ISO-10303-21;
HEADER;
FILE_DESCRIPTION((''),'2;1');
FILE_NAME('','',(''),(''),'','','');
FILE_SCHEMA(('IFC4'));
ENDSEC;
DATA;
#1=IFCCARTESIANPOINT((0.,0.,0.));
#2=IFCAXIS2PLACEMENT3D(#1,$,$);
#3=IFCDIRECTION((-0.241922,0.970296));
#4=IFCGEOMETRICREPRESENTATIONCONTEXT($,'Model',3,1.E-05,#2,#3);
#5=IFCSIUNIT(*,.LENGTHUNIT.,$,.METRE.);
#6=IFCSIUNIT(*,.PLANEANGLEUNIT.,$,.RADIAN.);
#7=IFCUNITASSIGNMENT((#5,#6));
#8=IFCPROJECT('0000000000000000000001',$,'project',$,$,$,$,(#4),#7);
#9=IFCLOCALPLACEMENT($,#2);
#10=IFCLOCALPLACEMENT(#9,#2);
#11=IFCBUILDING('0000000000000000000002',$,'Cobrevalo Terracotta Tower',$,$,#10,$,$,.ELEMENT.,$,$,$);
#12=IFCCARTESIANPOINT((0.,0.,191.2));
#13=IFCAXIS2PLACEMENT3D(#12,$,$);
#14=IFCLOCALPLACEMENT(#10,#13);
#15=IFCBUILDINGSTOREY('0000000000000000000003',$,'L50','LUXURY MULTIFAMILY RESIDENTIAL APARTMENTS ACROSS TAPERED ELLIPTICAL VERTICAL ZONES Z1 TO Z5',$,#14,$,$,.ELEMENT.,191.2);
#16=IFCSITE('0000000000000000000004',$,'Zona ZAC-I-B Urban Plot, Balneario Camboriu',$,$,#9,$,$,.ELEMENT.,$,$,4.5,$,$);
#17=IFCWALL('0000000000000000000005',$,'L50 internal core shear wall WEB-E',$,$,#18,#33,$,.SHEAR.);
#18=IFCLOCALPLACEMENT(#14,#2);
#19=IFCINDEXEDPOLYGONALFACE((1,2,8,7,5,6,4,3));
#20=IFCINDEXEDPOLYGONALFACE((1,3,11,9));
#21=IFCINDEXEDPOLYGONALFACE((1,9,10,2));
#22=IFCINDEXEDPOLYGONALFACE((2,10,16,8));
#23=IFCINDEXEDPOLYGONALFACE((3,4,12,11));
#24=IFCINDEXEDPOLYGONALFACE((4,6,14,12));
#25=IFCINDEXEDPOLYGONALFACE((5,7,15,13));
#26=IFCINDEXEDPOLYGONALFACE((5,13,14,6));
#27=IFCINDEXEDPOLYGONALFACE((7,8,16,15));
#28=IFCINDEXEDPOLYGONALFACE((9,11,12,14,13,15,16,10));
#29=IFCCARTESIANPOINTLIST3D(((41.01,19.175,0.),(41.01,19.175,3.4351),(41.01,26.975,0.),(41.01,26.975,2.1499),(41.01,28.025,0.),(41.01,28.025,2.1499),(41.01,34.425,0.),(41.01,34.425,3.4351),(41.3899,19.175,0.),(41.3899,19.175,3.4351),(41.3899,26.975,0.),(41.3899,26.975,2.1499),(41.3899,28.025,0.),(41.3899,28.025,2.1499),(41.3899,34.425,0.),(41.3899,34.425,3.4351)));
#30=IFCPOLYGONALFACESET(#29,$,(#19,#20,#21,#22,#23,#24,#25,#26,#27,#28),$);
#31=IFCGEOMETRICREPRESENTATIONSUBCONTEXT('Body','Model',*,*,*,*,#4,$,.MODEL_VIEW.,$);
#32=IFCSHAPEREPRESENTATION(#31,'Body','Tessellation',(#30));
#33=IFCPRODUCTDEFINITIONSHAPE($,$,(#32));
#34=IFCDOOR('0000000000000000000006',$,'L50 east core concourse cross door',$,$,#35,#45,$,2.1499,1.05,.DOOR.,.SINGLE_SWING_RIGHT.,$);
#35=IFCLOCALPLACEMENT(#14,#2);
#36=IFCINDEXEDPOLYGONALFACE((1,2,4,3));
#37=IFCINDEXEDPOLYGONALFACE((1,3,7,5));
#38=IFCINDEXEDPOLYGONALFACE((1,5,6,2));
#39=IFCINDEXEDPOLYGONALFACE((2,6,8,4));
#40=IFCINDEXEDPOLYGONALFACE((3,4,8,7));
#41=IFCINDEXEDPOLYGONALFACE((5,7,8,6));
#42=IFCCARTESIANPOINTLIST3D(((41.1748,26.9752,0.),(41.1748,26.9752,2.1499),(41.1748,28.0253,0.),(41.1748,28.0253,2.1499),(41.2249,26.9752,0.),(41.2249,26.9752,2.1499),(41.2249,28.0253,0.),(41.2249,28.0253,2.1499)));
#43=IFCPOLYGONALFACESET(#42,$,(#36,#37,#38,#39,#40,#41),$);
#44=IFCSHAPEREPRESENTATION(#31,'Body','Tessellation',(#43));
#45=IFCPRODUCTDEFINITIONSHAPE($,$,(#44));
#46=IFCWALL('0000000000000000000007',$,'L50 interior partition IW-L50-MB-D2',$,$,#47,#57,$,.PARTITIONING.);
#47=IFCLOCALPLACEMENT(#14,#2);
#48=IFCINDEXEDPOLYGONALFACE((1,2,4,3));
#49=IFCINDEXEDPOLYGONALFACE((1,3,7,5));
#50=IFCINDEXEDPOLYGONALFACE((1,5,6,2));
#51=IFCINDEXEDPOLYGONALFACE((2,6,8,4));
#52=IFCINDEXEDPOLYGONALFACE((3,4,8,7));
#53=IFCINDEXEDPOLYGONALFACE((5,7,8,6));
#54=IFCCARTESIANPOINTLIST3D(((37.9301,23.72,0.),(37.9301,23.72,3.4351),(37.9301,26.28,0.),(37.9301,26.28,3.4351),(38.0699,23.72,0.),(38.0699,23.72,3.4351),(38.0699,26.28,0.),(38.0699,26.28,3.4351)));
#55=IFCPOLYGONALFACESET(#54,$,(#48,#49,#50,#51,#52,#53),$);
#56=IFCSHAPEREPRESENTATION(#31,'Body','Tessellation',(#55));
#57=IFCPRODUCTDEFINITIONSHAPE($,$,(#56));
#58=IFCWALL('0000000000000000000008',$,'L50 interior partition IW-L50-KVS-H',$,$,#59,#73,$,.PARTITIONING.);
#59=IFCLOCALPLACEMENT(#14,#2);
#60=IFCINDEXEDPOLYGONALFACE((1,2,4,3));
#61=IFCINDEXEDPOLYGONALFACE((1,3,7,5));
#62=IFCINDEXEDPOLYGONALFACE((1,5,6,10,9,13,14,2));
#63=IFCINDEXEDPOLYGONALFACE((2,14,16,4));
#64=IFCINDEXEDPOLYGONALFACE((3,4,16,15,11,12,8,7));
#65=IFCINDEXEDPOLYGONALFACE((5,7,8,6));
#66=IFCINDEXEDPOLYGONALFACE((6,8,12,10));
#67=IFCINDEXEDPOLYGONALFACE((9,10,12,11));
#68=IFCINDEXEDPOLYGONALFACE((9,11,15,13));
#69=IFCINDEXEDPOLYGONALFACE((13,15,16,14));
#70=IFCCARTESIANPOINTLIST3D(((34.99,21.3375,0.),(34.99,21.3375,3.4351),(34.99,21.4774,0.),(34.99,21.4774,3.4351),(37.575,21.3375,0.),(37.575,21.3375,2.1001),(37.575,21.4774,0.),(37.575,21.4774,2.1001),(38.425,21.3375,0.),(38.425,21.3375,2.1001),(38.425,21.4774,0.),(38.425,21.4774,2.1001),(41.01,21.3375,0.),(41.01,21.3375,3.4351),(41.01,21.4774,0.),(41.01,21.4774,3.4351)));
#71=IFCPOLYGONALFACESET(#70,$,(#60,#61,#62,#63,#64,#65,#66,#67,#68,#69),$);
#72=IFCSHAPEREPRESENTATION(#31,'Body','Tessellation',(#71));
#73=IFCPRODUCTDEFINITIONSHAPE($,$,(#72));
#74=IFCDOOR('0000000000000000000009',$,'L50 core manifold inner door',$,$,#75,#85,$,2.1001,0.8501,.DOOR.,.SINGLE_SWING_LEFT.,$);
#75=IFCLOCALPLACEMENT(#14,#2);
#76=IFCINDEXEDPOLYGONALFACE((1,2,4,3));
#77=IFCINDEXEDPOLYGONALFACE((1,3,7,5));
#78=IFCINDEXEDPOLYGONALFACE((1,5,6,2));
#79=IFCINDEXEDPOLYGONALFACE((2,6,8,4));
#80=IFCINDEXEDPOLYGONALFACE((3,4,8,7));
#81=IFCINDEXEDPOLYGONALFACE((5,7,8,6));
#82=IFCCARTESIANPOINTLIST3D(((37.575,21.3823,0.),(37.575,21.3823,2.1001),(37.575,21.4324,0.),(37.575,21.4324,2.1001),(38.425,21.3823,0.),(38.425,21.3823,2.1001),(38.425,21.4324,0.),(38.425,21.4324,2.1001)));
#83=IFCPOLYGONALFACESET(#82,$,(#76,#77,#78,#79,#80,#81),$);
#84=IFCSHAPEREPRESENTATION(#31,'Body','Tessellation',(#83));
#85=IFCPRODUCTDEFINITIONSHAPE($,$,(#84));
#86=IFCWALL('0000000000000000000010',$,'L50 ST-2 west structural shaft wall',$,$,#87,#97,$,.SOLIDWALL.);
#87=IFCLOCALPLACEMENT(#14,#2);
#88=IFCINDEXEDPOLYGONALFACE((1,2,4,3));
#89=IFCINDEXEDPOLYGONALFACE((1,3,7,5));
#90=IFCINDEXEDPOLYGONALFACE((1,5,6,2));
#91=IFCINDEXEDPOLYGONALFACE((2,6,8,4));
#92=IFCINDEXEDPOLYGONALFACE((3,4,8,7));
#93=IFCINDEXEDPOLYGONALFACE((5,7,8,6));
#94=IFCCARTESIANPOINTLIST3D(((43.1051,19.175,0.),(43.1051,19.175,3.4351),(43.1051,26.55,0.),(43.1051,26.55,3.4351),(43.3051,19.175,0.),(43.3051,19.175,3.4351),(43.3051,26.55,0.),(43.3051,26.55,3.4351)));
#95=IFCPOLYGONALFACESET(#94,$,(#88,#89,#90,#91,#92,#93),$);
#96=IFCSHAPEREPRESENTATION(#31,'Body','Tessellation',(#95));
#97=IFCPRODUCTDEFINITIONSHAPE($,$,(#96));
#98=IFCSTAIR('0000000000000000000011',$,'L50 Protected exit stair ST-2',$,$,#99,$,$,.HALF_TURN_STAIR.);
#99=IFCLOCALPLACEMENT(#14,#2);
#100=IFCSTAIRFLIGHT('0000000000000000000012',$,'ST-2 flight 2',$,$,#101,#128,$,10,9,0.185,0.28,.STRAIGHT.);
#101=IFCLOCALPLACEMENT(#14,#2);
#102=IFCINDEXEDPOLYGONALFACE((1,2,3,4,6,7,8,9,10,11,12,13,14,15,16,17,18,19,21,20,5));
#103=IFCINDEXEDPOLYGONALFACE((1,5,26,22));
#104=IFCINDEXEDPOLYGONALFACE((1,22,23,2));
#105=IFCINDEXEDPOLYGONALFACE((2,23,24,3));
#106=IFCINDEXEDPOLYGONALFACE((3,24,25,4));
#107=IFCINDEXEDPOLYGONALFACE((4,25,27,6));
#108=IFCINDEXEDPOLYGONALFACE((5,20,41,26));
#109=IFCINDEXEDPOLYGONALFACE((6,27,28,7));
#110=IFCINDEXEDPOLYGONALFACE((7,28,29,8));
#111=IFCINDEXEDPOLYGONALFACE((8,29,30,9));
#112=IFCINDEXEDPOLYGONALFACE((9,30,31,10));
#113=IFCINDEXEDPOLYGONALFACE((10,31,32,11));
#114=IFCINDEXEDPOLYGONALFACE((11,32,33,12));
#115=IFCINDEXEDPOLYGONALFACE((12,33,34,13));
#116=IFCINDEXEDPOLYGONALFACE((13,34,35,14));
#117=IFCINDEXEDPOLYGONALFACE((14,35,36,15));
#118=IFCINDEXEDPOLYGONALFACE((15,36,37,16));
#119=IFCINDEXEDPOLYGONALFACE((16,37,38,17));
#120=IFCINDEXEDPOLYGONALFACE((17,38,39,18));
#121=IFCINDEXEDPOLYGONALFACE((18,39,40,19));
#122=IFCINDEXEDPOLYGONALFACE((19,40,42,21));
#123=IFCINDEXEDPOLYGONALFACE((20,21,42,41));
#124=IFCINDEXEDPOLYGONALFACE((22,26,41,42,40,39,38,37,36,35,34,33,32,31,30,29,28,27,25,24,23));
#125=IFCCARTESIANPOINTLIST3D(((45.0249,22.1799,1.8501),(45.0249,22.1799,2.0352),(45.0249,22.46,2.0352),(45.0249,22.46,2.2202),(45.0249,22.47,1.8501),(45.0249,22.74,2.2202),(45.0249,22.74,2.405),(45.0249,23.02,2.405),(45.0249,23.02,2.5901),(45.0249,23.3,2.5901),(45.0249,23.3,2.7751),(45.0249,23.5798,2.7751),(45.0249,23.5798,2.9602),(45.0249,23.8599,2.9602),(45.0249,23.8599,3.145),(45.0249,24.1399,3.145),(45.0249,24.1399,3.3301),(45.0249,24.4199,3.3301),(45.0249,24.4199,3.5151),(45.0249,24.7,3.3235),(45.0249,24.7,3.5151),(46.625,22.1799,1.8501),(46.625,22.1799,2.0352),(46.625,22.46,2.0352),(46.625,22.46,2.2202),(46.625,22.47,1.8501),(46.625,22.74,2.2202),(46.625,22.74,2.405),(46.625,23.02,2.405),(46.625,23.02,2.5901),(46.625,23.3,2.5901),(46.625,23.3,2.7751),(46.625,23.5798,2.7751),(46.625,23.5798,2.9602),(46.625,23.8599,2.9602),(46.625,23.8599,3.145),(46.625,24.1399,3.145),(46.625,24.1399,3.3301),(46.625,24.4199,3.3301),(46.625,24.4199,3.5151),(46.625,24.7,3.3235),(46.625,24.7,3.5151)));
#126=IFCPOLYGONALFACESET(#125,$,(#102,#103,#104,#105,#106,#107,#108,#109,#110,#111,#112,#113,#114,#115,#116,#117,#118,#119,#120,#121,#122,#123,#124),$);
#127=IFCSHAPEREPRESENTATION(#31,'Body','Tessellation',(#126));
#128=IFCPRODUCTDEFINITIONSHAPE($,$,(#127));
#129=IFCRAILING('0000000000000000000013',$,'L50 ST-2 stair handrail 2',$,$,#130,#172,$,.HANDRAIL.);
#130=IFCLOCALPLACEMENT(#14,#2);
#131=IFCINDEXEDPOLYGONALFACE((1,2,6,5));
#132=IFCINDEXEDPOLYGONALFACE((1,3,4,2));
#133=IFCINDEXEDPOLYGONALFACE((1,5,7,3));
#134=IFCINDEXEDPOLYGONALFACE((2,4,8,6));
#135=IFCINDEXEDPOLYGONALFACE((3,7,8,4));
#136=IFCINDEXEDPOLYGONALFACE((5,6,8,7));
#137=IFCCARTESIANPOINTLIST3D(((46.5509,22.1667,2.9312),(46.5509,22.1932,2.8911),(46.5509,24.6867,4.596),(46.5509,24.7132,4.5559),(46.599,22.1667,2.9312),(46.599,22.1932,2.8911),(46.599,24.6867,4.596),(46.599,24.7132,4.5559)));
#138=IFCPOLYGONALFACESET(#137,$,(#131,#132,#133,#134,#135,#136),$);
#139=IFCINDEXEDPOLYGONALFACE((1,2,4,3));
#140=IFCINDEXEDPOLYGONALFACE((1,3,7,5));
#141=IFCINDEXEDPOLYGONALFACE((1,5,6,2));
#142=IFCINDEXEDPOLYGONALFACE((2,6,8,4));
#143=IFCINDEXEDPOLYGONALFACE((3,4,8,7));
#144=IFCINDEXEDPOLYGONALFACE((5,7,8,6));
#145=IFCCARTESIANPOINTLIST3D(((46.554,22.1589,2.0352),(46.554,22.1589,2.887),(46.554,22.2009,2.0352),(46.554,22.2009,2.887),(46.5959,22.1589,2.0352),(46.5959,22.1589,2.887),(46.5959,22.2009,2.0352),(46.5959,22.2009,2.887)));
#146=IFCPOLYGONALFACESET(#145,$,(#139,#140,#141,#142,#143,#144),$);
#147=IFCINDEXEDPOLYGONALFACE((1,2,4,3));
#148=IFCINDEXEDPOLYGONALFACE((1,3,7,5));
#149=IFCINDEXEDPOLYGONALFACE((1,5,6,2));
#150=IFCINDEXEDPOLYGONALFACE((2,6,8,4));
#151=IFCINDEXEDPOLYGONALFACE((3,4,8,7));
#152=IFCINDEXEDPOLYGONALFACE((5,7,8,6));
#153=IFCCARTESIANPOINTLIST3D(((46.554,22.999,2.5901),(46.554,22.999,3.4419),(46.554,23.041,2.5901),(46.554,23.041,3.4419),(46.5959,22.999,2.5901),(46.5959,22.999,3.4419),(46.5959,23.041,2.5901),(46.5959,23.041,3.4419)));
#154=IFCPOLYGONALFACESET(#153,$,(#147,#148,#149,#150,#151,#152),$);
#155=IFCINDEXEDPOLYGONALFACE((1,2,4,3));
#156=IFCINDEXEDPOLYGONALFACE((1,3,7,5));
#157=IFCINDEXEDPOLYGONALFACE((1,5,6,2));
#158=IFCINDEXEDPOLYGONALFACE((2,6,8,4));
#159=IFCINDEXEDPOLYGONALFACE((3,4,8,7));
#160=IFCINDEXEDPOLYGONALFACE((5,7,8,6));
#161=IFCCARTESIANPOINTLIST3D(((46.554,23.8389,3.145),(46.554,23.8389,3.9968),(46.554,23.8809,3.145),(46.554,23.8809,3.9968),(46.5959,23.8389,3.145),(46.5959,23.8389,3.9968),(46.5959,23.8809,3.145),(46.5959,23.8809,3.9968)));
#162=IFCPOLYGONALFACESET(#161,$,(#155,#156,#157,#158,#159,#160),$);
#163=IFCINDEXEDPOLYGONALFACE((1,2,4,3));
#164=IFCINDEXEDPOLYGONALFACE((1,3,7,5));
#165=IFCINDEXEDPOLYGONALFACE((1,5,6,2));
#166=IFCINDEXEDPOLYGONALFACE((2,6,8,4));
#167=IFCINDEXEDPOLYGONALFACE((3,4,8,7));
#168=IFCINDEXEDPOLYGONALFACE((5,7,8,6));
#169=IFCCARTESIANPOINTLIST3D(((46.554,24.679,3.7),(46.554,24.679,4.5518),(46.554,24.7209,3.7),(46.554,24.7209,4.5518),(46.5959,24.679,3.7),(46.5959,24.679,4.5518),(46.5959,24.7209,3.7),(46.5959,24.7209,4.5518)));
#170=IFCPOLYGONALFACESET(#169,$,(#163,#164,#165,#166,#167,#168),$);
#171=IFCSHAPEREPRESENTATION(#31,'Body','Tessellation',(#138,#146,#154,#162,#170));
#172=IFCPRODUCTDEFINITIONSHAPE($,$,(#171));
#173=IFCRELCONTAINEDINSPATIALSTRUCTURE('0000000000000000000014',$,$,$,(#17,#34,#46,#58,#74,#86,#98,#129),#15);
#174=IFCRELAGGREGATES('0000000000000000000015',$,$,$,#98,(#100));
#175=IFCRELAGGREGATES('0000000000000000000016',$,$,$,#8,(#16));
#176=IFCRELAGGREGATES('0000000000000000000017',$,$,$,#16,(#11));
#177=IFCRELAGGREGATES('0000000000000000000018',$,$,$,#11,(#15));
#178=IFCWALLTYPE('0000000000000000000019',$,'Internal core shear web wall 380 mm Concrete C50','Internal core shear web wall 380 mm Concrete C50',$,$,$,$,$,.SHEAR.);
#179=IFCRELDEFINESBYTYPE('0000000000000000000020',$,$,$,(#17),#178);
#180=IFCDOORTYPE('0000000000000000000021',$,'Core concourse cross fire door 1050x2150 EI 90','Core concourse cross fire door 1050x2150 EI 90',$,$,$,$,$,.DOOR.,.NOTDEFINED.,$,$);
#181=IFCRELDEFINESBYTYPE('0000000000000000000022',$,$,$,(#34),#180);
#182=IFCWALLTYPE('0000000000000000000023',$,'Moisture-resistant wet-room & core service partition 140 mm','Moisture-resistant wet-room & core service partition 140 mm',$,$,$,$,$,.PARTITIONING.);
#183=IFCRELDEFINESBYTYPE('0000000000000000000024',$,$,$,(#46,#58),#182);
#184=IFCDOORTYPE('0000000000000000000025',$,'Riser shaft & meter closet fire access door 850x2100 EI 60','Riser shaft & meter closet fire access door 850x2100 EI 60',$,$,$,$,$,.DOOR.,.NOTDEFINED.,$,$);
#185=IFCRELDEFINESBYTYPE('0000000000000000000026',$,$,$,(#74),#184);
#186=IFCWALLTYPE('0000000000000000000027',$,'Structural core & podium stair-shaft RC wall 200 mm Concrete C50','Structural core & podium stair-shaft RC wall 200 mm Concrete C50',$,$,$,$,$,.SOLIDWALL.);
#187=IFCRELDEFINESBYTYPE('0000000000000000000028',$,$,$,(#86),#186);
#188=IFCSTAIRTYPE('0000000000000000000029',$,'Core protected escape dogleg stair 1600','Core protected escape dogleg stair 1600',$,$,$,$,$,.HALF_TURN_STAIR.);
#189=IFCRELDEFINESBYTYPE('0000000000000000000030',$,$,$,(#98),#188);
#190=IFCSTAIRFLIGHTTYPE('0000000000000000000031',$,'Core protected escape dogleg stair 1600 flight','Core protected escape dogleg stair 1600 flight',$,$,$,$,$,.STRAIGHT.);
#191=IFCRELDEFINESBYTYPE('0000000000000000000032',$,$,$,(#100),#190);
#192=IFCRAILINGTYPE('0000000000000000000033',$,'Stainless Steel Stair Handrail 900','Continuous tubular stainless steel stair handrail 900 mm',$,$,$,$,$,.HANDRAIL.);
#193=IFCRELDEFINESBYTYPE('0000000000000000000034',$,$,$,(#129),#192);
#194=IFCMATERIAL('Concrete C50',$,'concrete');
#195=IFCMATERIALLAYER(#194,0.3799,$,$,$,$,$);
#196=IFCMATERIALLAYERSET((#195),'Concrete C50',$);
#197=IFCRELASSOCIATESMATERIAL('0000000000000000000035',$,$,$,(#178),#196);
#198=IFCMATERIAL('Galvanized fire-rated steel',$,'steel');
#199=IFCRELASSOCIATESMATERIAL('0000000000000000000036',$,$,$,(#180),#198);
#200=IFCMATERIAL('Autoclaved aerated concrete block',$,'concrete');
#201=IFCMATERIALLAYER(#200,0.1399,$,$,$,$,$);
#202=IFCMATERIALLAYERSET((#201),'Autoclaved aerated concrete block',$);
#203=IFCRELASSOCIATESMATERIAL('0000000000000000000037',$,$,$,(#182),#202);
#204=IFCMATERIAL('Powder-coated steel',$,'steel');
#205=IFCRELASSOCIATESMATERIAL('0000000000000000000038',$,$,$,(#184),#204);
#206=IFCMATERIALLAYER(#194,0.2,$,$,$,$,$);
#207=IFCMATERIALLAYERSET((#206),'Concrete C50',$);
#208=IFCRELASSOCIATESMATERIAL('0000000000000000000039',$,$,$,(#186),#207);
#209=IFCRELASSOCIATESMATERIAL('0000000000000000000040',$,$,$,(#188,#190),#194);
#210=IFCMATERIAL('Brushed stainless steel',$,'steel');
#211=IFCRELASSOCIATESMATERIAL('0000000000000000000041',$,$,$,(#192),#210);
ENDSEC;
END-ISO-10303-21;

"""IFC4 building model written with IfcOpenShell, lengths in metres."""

from ifc_helpers import new_model, si_unit, direction, frame, frame_2d, origin, origin_2d, place, context, subcontext, project, spatial, polyline, rectangle, outline, extrude, source, transform, mapped, material, layer, layer_set, type_object, element, fill, aggregate, save


model = new_model("IFC4")

# Units and contexts
model_context = context("Model", 3, precision=1e-05, world=origin(), true_north=direction((-0.241922, 0.970296)))
body_context = subcontext(model_context, "Body", "Model", "MODEL_VIEW")
ifc_project = project(units=[si_unit("LENGTHUNIT", "METRE"), si_unit("PLANEANGLEUNIT", "RADIAN")], contexts=[model_context])

# Site, building, storey
site_placement = place(None, origin())
site = spatial("IfcSite", under=ifc_project, at=site_placement, Name="Zona ZAC-I-B Urban Plot, Balneario Camboriu", CompositionType="ELEMENT", RefElevation=4.5)
building_placement = place(site_placement, origin())
building = spatial("IfcBuilding", under=site, at=building_placement, Name="Cobrevalo Terracotta Tower", CompositionType="ELEMENT")
storey_placement = place(building_placement, frame((0.0, 0.0, 191.2)))
storey = spatial("IfcBuildingStorey", under=building, at=storey_placement, Name="L50", Description="LUXURY MULTIFAMILY RESIDENTIAL APARTMENTS ACROSS TAPERED ELLIPTICAL VERTICAL ZONES Z1 TO Z5", CompositionType="ELEMENT", Elevation=191.2)

# Shared definitions
ifc_material_1 = material(Name="Autoclaved aerated concrete block", Category="concrete")

# Wall, opening, door
ifc_material_2 = material(Name="Concrete C50", Category="concrete")
ifc_layer_1 = layer(ifc_material_2, 0.3799)
ifc_layer_set_1 = layer_set([ifc_layer_1], Name="Concrete C50")
wall_type_1 = type_object("IfcWallType", Name="Internal core shear web wall 380 mm Concrete C50", Description="Internal core shear web wall 380 mm Concrete C50", PredefinedType="SHEAR", material=ifc_layer_set_1)
ifc_material_3 = material(Name="Galvanized fire-rated steel", Category="steel")
door_type_1 = type_object("IfcDoorType", Name="Core concourse cross fire door 1050x2150 EI 90", Description="Core concourse cross fire door 1050x2150 EI 90", OperationType="NOTDEFINED", PredefinedType="DOOR", material=ifc_material_3)
shared_shape_1 = source(origin(), body_context, "Body", "SweptSolid", [
    extrude(rectangle(XDim=1.05, YDim=2.1499, at=frame_2d((0.5249, 1.075))), frame((0.0, 0.0249, 0.0), z_axis=(0.0, -1.0, 0.0), x_axis=(1.0, 0.0, 0.0)), (0.0, 0.0, 1.0), 0.05),
])
wall_1_placement = place(storey_placement, frame((41.2, 19.175, 0.0), z_axis=(0.0, 0.0, 1.0), x_axis=(0.0, 1.0, 0.0)))
wall_1 = element("IfcWall", 1, at=wall_1_placement, inside=storey, type_object=wall_type_1, Name="L50 internal core shear wall WEB-E", PredefinedType="SHEAR", context=body_context, shape_type="SweptSolid", body=[
    extrude(rectangle(XDim=15.25, YDim=0.3799, at=frame_2d((7.625, 0.0))), origin(), (0.0, 0.0, 1.0), 3.4351),
])
opening_1_placement = place(wall_1_placement, frame((7.8, 0.0, 0.0)))
opening_1 = element("IfcOpeningElement", 2, at=opening_1_placement, cuts=wall_1, PredefinedType="OPENING", context=body_context, shape_type="SweptSolid", body=[
    extrude(rectangle(XDim=1.05, YDim=2.1499, at=frame_2d((0.5249, 1.075))), frame((0.0, 0.2, 0.0), z_axis=(0.0, -1.0, 0.0), x_axis=(1.0, 0.0, 0.0)), (0.0, 0.0, 1.0), 0.3999),
])
door_1_placement = place(opening_1_placement, frame((1.05, 0.0, 0.0), z_axis=(0.0, 0.0, 1.0), x_axis=(-1.0, 0.0, 0.0)))
door_1 = element("IfcDoor", 3, at=door_1_placement, inside=storey, type_object=door_type_1, Name="L50 east core concourse cross door", OperationType="SINGLE_SWING_RIGHT", OverallHeight=2.1499, OverallWidth=1.05, PredefinedType="DOOR", context=body_context, shape_type="MappedRepresentation", body=[
    mapped(shared_shape_1, transform((0.0, 0.0, 0.0), scale=1.0)),
])
fill(opening_1, door_1)

# Wall
ifc_layer_2 = layer(ifc_material_1, 0.1399)
ifc_layer_set_2 = layer_set([ifc_layer_2], Name="Autoclaved aerated concrete block")
wall_type_2 = type_object("IfcWallType", Name="Moisture-resistant wet-room & core service partition 140 mm", Description="Moisture-resistant wet-room & core service partition 140 mm", PredefinedType="PARTITIONING", material=ifc_layer_set_2)
wall_2_placement = place(storey_placement, frame((38.0, 23.72, 0.0), z_axis=(0.0, 0.0, 1.0), x_axis=(0.0, 1.0, 0.0)))
element("IfcWall", 4, at=wall_2_placement, inside=storey, type_object=wall_type_2, Name="L50 interior partition IW-L50-MB-D2", PredefinedType="PARTITIONING", context=body_context, shape_type="SweptSolid", body=[
    extrude(rectangle(XDim=2.5601, YDim=0.1399, at=frame_2d((1.28, 0.0))), origin(), (0.0, 0.0, 1.0), 3.4351),
])

# Wall, opening, door
wall_3_placement = place(storey_placement, frame((34.99, 21.4075, 0.0), z_axis=(0.0, 0.0, 1.0), x_axis=(1.0, 0.0, 0.0)))
wall_3 = element("IfcWall", 5, at=wall_3_placement, inside=storey, type_object=wall_type_2, Name="L50 interior partition IW-L50-KVS-H", PredefinedType="PARTITIONING", context=body_context, shape_type="SweptSolid", body=[
    extrude(rectangle(XDim=6.02, YDim=0.1399, at=frame_2d((3.01, 0.0))), origin(), (0.0, 0.0, 1.0), 3.4351),
])
opening_2_placement = place(wall_3_placement, frame((2.585, 0.0, 0.0)))
opening_2 = element("IfcOpeningElement", 6, at=opening_2_placement, cuts=wall_3, PredefinedType="OPENING", context=body_context, shape_type="SweptSolid", body=[
    extrude(rectangle(XDim=0.8501, YDim=2.1001, at=frame_2d((0.425, 1.05))), frame((0.0, 0.0801, 0.0), z_axis=(0.0, -1.0, 0.0), x_axis=(1.0, 0.0, 0.0)), (0.0, 0.0, 1.0), 0.1599),
])
ifc_material_4 = material(Name="Powder-coated steel", Category="steel")
door_type_2 = type_object("IfcDoorType", Name="Riser shaft & meter closet fire access door 850x2100 EI 60", Description="Riser shaft & meter closet fire access door 850x2100 EI 60", OperationType="NOTDEFINED", PredefinedType="DOOR", material=ifc_material_4)
shared_shape_2 = source(origin(), body_context, "Body", "SweptSolid", [
    extrude(rectangle(XDim=0.8501, YDim=2.1001, at=frame_2d((0.425, 1.05))), frame((0.0, 0.0249, 0.0), z_axis=(0.0, -1.0, 0.0), x_axis=(1.0, 0.0, 0.0)), (0.0, 0.0, 1.0), 0.05),
])
door_2_placement = place(opening_2_placement, origin())
door_2 = element("IfcDoor", 7, at=door_2_placement, inside=storey, type_object=door_type_2, Name="L50 core manifold inner door", OperationType="SINGLE_SWING_LEFT", OverallHeight=2.1001, OverallWidth=0.8501, PredefinedType="DOOR", context=body_context, shape_type="MappedRepresentation", body=[
    mapped(shared_shape_2, transform((0.0, 0.0, 0.0), scale=1.0)),
])
fill(opening_2, door_2)

# Wall
ifc_layer_3 = layer(ifc_material_2, 0.2)
ifc_layer_set_3 = layer_set([ifc_layer_3], Name="Concrete C50")
wall_type_3 = type_object("IfcWallType", Name="Structural core & podium stair-shaft RC wall 200 mm Concrete C50", Description="Structural core & podium stair-shaft RC wall 200 mm Concrete C50", PredefinedType="SOLIDWALL", material=ifc_layer_set_3)
wall_4_placement = place(storey_placement, frame((43.2051, 19.175, 0.0), z_axis=(0.0, 0.0, 1.0), x_axis=(0.0, 1.0, 0.0)))
element("IfcWall", 8, at=wall_4_placement, inside=storey, type_object=wall_type_3, Name="L50 ST-2 west structural shaft wall", PredefinedType="SOLIDWALL", context=body_context, shape_type="SweptSolid", body=[
    extrude(rectangle(XDim=7.375, YDim=0.2, at=frame_2d((3.6875, 0.0))), origin(), (0.0, 0.0, 1.0), 3.4351),
])

# Stair, stair flight
stair_type = type_object("IfcStairType", Name="Core protected escape dogleg stair 1600", Description="Core protected escape dogleg stair 1600", PredefinedType="HALF_TURN_STAIR", material=ifc_material_2)
stair_placement = place(storey_placement, origin())
stair = element("IfcStair", 9, at=stair_placement, inside=storey, type_object=stair_type, Name="L50 Protected exit stair ST-2", PredefinedType="HALF_TURN_STAIR")
stair_flight_type = type_object("IfcStairFlightType", Name="Core protected escape dogleg stair 1600 flight", Description="Core protected escape dogleg stair 1600 flight", PredefinedType="STRAIGHT", material=ifc_material_2)
stair_flight_placement = place(storey_placement, frame((45.825, 22.1799, 1.8501), z_axis=(0.0, 0.0, 1.0), x_axis=(0.0, 1.0, 0.0)))
stair_flight = element("IfcStairFlight", 10, at=stair_flight_placement, type_object=stair_flight_type, Name="ST-2 flight 2", NumberOfRisers=10, NumberOfTreads=9, PredefinedType="STRAIGHT", RiserHeight=0.185, TreadLength=0.28, context=body_context, shape_type="SweptSolid", body=[
    extrude(outline(polyline([(0.0, 0.0), (0.0, 0.1851), (0.28, 0.1851), (0.28, 0.3701), (0.5601, 0.3701), (0.5601, 0.5549), (0.8401, 0.5549), (0.8401, 0.74), (1.1201, 0.74), (1.1201, 0.925), (1.3999, 0.925), (1.3999, 1.1101), (1.6799, 1.1101), (1.6799, 1.2949), (1.96, 1.2949), (1.96, 1.48), (2.24, 1.48), (2.24, 1.665), (2.52, 1.665), (2.52, 1.8501), (2.52, 1.4734), (0.29, 0.0), (0.0, 0.0)])), frame((0.0, 0.8, 0.0), z_axis=(0.0, -1.0, 0.0), x_axis=(1.0, 0.0, 0.0)), (0.0, 0.0, 1.0), 1.6001),
])
aggregate(stair, [stair_flight])

# Railing
ifc_material_5 = material(Name="Brushed stainless steel", Category="steel")
railing_type_1 = type_object("IfcRailingType", Name="Stainless Steel Stair Handrail 900", Description="Continuous tubular stainless steel stair handrail 900 mm", PredefinedType="HANDRAIL", material=ifc_material_5)
railing_1_placement = place(storey_placement, frame((46.575, 22.1799, 2.0352)))
element("IfcRailing", 11, at=railing_1_placement, inside=storey, type_object=railing_type_1, Name="L50 ST-2 stair handrail 2", PredefinedType="HANDRAIL", context=body_context, shape_type="SweptSolid", body=[
    extrude(rectangle(XDim=0.0481, YDim=0.0481, at=origin_2d()), frame((0.0, 0.0, 0.876), z_axis=(0.0, 0.834369, 0.551207), x_axis=(-1.0, 0.0, 0.0)), (0.0, 0.0, 1.0), 3.0203),
    extrude(rectangle(XDim=0.042, YDim=0.042, at=origin_2d()), origin(), (0.0, 0.0, 1.0), 0.8518),
    extrude(rectangle(XDim=0.042, YDim=0.042, at=origin_2d()), frame((0.0, 0.8401, 0.5549)), (0.0, 0.0, 1.0), 0.8518),
    extrude(rectangle(XDim=0.042, YDim=0.042, at=origin_2d()), frame((0.0, 1.6799, 1.1099)), (0.0, 0.0, 1.0), 0.8518),
    extrude(rectangle(XDim=0.042, YDim=0.042, at=origin_2d()), frame((0.0, 2.52, 1.6648)), (0.0, 0.0, 1.0), 0.8518),
])

save(model, "model.ifc")
